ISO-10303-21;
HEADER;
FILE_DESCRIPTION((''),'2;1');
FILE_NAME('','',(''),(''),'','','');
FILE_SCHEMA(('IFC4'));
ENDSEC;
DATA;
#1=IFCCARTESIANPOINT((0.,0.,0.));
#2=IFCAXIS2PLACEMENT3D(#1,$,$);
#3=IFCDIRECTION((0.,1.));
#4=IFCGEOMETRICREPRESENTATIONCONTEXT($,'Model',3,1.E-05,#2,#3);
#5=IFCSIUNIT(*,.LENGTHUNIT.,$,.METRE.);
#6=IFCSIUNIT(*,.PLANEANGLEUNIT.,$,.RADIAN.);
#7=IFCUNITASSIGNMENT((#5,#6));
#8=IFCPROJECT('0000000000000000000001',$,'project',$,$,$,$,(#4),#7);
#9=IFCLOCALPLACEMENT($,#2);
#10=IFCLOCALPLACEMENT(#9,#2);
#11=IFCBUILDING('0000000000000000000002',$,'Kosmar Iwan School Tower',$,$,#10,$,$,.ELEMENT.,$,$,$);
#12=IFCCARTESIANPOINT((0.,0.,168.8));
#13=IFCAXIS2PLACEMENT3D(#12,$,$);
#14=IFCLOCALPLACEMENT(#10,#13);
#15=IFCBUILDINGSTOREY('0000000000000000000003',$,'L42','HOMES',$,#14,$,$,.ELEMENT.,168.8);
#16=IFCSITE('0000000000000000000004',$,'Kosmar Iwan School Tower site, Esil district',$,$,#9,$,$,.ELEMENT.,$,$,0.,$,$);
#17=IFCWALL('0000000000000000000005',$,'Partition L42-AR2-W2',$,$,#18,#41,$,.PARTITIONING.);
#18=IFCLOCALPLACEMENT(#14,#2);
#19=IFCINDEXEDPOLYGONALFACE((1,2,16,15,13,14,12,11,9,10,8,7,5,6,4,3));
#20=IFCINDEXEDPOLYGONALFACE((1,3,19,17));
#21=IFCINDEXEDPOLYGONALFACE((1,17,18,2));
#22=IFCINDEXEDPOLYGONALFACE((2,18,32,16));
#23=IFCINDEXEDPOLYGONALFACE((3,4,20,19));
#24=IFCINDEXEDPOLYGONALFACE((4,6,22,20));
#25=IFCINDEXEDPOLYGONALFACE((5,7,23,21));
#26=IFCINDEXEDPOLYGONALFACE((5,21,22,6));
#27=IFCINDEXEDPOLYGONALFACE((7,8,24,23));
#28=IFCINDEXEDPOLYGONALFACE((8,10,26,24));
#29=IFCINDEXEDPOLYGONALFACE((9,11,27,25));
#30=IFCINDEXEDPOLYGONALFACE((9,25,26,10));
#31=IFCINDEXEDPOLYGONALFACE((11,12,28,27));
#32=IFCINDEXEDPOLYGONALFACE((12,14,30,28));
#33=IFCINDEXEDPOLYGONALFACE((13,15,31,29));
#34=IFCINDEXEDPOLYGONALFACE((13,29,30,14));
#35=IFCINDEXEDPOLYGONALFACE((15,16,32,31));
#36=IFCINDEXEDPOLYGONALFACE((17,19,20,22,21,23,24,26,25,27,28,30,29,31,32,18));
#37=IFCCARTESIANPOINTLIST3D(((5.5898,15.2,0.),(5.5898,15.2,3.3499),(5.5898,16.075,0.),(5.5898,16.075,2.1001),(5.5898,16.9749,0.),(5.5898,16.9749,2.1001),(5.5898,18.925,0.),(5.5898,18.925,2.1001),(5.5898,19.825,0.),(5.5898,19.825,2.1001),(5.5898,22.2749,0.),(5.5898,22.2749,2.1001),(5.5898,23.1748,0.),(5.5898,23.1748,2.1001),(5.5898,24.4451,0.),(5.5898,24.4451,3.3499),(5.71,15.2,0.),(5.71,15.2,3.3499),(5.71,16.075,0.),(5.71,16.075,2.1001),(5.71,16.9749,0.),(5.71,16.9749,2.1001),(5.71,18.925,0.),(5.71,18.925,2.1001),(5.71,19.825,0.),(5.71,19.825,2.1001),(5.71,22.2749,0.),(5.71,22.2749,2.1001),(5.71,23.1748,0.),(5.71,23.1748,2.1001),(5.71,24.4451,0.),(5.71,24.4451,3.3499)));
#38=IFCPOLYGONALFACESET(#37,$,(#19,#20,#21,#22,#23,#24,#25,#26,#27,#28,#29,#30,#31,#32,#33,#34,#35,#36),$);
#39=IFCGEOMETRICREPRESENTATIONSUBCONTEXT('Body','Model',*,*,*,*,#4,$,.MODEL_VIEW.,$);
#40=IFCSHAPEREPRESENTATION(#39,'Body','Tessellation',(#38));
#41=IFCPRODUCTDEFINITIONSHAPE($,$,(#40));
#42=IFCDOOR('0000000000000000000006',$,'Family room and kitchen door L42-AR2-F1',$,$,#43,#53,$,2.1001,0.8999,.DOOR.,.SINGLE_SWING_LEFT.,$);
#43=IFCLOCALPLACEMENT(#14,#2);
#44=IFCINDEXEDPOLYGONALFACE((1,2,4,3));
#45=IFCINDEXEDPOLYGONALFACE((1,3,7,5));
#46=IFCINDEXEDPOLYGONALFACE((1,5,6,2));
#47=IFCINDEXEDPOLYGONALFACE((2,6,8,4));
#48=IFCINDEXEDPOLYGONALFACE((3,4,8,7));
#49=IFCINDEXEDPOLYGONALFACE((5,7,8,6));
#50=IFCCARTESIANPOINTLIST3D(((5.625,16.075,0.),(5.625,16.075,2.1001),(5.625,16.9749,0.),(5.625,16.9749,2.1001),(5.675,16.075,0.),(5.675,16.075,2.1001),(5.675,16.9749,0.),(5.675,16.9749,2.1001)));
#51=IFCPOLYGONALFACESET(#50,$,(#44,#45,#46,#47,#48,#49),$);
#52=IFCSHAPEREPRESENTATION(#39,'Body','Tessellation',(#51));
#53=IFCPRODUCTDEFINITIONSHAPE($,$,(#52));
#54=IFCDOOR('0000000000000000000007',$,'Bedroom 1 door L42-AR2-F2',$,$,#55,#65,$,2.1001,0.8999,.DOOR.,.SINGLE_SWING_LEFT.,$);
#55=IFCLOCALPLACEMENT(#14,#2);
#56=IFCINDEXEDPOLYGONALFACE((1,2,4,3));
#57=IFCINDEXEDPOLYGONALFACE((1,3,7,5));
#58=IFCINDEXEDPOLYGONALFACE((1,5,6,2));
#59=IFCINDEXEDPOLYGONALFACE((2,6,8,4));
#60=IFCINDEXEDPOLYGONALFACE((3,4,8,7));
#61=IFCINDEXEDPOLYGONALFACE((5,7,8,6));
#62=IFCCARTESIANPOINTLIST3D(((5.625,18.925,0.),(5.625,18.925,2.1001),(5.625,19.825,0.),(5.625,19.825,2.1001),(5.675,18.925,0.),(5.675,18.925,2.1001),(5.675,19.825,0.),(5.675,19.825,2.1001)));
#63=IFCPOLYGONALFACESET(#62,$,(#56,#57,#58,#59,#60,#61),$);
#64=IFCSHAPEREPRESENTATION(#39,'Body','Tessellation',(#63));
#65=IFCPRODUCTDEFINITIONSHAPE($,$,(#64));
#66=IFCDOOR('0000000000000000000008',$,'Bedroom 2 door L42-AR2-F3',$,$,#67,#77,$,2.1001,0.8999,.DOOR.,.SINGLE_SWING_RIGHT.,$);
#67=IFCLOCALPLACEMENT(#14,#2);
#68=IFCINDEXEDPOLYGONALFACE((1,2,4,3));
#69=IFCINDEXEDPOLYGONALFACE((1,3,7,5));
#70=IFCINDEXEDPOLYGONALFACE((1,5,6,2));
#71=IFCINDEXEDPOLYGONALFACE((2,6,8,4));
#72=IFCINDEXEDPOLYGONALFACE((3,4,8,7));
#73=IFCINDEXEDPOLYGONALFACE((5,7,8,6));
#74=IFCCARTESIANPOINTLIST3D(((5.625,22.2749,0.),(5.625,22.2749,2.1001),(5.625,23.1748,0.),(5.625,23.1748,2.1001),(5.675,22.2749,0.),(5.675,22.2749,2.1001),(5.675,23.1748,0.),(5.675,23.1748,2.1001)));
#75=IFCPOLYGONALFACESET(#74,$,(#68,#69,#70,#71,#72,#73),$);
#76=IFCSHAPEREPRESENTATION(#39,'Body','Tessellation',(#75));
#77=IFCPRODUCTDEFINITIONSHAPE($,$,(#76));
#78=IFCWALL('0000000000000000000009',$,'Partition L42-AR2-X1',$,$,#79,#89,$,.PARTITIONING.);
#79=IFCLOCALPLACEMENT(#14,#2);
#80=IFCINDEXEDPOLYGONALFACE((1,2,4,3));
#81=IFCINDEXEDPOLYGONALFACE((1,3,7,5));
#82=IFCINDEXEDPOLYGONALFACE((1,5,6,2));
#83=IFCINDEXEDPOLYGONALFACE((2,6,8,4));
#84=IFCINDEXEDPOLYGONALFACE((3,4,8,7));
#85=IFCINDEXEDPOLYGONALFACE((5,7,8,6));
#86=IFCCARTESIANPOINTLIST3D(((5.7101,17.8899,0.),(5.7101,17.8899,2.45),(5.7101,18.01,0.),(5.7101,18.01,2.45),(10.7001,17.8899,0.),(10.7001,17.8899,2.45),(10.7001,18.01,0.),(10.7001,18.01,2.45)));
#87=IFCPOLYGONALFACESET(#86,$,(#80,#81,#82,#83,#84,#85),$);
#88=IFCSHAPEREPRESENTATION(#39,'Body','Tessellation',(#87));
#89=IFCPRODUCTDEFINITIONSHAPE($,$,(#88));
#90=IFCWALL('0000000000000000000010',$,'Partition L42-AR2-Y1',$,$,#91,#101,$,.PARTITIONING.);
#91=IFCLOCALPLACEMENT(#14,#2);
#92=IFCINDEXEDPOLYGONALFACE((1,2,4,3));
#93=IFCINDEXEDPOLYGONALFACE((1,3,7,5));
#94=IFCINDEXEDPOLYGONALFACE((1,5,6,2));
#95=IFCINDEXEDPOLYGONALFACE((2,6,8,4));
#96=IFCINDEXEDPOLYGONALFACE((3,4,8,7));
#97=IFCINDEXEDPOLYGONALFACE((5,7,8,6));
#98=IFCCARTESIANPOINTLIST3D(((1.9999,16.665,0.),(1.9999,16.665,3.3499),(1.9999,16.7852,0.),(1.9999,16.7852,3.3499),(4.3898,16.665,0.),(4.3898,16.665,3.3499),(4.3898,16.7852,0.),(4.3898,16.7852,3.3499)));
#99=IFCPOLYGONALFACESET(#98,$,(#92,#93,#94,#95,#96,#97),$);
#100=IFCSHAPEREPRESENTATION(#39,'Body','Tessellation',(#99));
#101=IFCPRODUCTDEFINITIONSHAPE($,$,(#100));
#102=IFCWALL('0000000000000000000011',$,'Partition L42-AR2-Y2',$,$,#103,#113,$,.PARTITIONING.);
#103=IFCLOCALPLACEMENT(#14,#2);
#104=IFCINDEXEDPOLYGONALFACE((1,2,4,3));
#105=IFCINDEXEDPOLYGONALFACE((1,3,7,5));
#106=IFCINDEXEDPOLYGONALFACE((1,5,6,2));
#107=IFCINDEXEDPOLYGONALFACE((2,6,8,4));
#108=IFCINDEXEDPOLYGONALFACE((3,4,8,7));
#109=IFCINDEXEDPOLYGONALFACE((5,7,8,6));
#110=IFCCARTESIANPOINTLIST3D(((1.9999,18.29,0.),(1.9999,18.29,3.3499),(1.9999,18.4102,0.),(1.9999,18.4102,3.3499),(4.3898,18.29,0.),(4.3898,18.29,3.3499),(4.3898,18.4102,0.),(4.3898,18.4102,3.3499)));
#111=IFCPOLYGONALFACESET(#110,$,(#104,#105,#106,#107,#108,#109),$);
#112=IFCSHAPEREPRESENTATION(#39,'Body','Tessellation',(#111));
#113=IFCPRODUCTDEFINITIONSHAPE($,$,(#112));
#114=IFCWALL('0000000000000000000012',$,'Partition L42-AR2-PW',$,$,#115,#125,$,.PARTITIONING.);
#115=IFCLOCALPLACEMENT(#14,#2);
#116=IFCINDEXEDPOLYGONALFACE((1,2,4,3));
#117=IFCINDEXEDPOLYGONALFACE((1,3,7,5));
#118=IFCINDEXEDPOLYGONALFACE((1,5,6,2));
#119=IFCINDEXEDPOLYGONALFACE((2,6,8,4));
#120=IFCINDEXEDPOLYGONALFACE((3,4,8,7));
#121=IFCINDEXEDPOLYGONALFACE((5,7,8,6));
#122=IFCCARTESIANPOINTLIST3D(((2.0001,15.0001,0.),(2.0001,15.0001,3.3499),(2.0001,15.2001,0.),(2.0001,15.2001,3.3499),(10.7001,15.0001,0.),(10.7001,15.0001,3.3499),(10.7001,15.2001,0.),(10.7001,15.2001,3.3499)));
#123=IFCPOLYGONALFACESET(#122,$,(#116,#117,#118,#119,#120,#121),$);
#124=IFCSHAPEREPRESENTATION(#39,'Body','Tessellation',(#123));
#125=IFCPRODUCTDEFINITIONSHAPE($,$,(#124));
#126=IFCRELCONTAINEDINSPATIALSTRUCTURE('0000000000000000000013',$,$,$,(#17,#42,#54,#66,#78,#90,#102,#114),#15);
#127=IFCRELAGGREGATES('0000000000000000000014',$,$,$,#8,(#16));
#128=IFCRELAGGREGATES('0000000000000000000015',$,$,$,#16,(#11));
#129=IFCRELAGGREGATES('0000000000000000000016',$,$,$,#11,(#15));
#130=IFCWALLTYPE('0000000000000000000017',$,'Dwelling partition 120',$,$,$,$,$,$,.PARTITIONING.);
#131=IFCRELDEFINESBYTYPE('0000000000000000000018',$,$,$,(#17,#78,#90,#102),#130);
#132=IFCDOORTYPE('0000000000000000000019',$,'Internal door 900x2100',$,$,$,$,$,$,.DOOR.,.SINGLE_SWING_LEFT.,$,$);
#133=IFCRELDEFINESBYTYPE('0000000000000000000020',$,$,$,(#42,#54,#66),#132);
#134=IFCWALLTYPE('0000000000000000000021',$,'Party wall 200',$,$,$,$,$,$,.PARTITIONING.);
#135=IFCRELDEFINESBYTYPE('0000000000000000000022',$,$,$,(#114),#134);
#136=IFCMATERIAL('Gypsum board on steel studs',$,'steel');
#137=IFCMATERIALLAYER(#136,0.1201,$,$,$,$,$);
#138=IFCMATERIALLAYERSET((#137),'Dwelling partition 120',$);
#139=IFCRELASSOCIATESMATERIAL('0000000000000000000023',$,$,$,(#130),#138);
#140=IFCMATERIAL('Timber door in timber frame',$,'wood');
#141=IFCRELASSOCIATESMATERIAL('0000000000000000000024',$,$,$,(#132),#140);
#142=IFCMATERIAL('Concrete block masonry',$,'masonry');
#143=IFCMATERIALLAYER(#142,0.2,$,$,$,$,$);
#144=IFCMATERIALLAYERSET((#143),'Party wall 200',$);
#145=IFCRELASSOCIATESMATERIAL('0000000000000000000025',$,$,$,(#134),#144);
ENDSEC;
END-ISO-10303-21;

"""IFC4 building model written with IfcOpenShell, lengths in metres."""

from ifc_helpers import new_model, si_unit, direction, frame, frame_2d, origin, place, context, subcontext, project, spatial, rectangle, extrude, material, layer, layer_set, type_object, element, fill, save


model = new_model("IFC4")

# Units and contexts
model_context = context("Model", 3, precision=1e-05, world=origin(), true_north=direction((0.0, 1.0)))
body_context = subcontext(model_context, "Body", "Model", "MODEL_VIEW")
ifc_project = project(units=[si_unit("LENGTHUNIT", "METRE"), si_unit("PLANEANGLEUNIT", "RADIAN")], contexts=[model_context])

# Site, building, storey
site_placement = place(None, origin())
site = spatial("IfcSite", under=ifc_project, at=site_placement, Name="Kosmar Iwan School Tower site, Esil district", CompositionType="ELEMENT", RefElevation=0.0)
building_placement = place(site_placement, origin())
building = spatial("IfcBuilding", under=site, at=building_placement, Name="Kosmar Iwan School Tower", CompositionType="ELEMENT")
storey_placement = place(building_placement, frame((0.0, 0.0, 168.8)))
storey = spatial("IfcBuildingStorey", under=building, at=storey_placement, Name="L42", Description="HOMES", CompositionType="ELEMENT", Elevation=168.8)

# Shared definitions
ifc_material_1 = material(Name="Gypsum board on steel studs", Category="steel")
ifc_layer_1 = layer(ifc_material_1, 0.1201)
ifc_layer_set_1 = layer_set([ifc_layer_1], Name="Dwelling partition 120")
wall_type_1 = type_object("IfcWallType", Name="Dwelling partition 120", PredefinedType="PARTITIONING", material=ifc_layer_set_1)

# Wall, openings, doors
ifc_material_2 = material(Name="Timber door in timber frame", Category="wood")
door_type_1 = type_object("IfcDoorType", Name="Internal door 900x2100", OperationType="SINGLE_SWING_LEFT", PredefinedType="DOOR", material=ifc_material_2)
wall_1_placement = place(storey_placement, frame((5.6499, 15.2, 0.0), z_axis=(0.0, 0.0, 1.0), x_axis=(0.0, 1.0, 0.0)))
wall_1 = element("IfcWall", 1, at=wall_1_placement, inside=storey, type_object=wall_type_1, Name="Partition L42-AR2-W2", PredefinedType="PARTITIONING", context=body_context, shape_type="SweptSolid", body=[
    extrude(rectangle(XDim=9.2451, YDim=0.1201, at=frame_2d((4.6226, 0.0))), origin(), (0.0, 0.0, 1.0), 3.3499),
])
opening_1_placement = place(wall_1_placement, frame((0.875, 0.0, 0.0)))
opening_1 = element("IfcOpeningElement", 2, at=opening_1_placement, cuts=wall_1, PredefinedType="OPENING", context=body_context, shape_type="SweptSolid", body=[
    extrude(rectangle(XDim=0.8999, YDim=2.1001, at=frame_2d((0.45, 1.05))), frame((0.0, 0.072, 0.0), z_axis=(0.0, -1.0, 0.0), x_axis=(1.0, 0.0, 0.0)), (0.0, 0.0, 1.0), 0.144),
])
opening_2_placement = place(wall_1_placement, frame((3.7251, 0.0, 0.0)))
opening_2 = element("IfcOpeningElement", 3, at=opening_2_placement, cuts=wall_1, PredefinedType="OPENING", context=body_context, shape_type="SweptSolid", body=[
    extrude(rectangle(XDim=0.8999, YDim=2.1001, at=frame_2d((0.45, 1.05))), frame((0.0, 0.072, 0.0), z_axis=(0.0, -1.0, 0.0), x_axis=(1.0, 0.0, 0.0)), (0.0, 0.0, 1.0), 0.144),
])
opening_3_placement = place(wall_1_placement, frame((7.075, 0.0, 0.0)))
opening_3 = element("IfcOpeningElement", 4, at=opening_3_placement, cuts=wall_1, PredefinedType="OPENING", context=body_context, shape_type="SweptSolid", body=[
    extrude(rectangle(XDim=0.8999, YDim=2.1001, at=frame_2d((0.45, 1.05))), frame((0.0, 0.072, 0.0), z_axis=(0.0, -1.0, 0.0), x_axis=(1.0, 0.0, 0.0)), (0.0, 0.0, 1.0), 0.144),
])
door_1_placement = place(opening_1_placement, origin())
door_1 = element("IfcDoor", 5, at=door_1_placement, inside=storey, type_object=door_type_1, Name="Family room and kitchen door L42-AR2-F1", OperationType="SINGLE_SWING_LEFT", OverallHeight=2.1001, OverallWidth=0.8999, PredefinedType="DOOR", context=body_context, shape_type="SweptSolid", body=[
    extrude(rectangle(XDim=0.8999, YDim=2.1001, at=frame_2d((0.45, 1.05))), frame((0.0, 0.0249, 0.0), z_axis=(0.0, -1.0, 0.0), x_axis=(1.0, 0.0, 0.0)), (0.0, 0.0, 1.0), 0.05),
])
fill(opening_1, door_1)
door_2_placement = place(opening_2_placement, origin())
door_2 = element("IfcDoor", 6, at=door_2_placement, inside=storey, type_object=door_type_1, Name="Bedroom 1 door L42-AR2-F2", OperationType="SINGLE_SWING_LEFT", OverallHeight=2.1001, OverallWidth=0.8999, PredefinedType="DOOR", context=body_context, shape_type="SweptSolid", body=[
    extrude(rectangle(XDim=0.8999, YDim=2.1001, at=frame_2d((0.45, 1.05))), frame((0.0, 0.0249, 0.0), z_axis=(0.0, -1.0, 0.0), x_axis=(1.0, 0.0, 0.0)), (0.0, 0.0, 1.0), 0.05),
])
fill(opening_2, door_2)
door_3_placement = place(opening_3_placement, origin())
door_3 = element("IfcDoor", 7, at=door_3_placement, inside=storey, type_object=door_type_1, Name="Bedroom 2 door L42-AR2-F3", OperationType="SINGLE_SWING_RIGHT", OverallHeight=2.1001, OverallWidth=0.8999, PredefinedType="DOOR", context=body_context, shape_type="SweptSolid", body=[
    extrude(rectangle(XDim=0.8999, YDim=2.1001, at=frame_2d((0.45, 1.05))), frame((0.0, 0.0249, 0.0), z_axis=(0.0, -1.0, 0.0), x_axis=(1.0, 0.0, 0.0)), (0.0, 0.0, 1.0), 0.05),
])
fill(opening_3, door_3)

# Walls
wall_2_placement = place(storey_placement, frame((5.71, 17.95, 0.0), z_axis=(0.0, 0.0, 1.0), x_axis=(1.0, 0.0, 0.0)))
element("IfcWall", 8, at=wall_2_placement, inside=storey, type_object=wall_type_1, Name="Partition L42-AR2-X1", PredefinedType="PARTITIONING", context=body_context, shape_type="SweptSolid", body=[
    extrude(rectangle(XDim=4.99, YDim=0.1201, at=frame_2d((2.4951, 0.0))), origin(), (0.0, 0.0, 1.0), 2.45),
])
for number, where, z_axis, x_axis, name in (
    (9, (2.0, 16.7251, 0.0), (0.0, 0.0, 1.0), (1.0, 0.0, 0.0), "Partition L42-AR2-Y1"),
    (10, (2.0, 18.3501, 0.0), (0.0, 0.0, 1.0), (1.0, 0.0, 0.0), "Partition L42-AR2-Y2"),
):
    element("IfcWall", number, at=place(storey_placement, frame(where, z_axis=z_axis, x_axis=x_axis)), inside=storey, type_object=wall_type_1, Name=name, PredefinedType="PARTITIONING", context=body_context, shape_type="SweptSolid", body=[
        extrude(rectangle(XDim=2.3899, YDim=0.1201, at=frame_2d((1.1948, 0.0))), origin(), (0.0, 0.0, 1.0), 3.3499),
    ])
ifc_material_3 = material(Name="Concrete block masonry", Category="masonry")
ifc_layer_2 = layer(ifc_material_3, 0.2)
ifc_layer_set_2 = layer_set([ifc_layer_2], Name="Party wall 200")
wall_type_2 = type_object("IfcWallType", Name="Party wall 200", PredefinedType="PARTITIONING", material=ifc_layer_set_2)
wall_3_placement = place(storey_placement, frame((2.0, 15.1001, 0.0), z_axis=(0.0, 0.0, 1.0), x_axis=(1.0, 0.0, 0.0)))
element("IfcWall", 11, at=wall_3_placement, inside=storey, type_object=wall_type_2, Name="Partition L42-AR2-PW", PredefinedType="PARTITIONING", context=body_context, shape_type="SweptSolid", body=[
    extrude(rectangle(XDim=8.7, YDim=0.2, at=frame_2d((4.3501, 0.0))), origin(), (0.0, 0.0, 1.0), 3.3499),
])

save(model, "model.ifc")
